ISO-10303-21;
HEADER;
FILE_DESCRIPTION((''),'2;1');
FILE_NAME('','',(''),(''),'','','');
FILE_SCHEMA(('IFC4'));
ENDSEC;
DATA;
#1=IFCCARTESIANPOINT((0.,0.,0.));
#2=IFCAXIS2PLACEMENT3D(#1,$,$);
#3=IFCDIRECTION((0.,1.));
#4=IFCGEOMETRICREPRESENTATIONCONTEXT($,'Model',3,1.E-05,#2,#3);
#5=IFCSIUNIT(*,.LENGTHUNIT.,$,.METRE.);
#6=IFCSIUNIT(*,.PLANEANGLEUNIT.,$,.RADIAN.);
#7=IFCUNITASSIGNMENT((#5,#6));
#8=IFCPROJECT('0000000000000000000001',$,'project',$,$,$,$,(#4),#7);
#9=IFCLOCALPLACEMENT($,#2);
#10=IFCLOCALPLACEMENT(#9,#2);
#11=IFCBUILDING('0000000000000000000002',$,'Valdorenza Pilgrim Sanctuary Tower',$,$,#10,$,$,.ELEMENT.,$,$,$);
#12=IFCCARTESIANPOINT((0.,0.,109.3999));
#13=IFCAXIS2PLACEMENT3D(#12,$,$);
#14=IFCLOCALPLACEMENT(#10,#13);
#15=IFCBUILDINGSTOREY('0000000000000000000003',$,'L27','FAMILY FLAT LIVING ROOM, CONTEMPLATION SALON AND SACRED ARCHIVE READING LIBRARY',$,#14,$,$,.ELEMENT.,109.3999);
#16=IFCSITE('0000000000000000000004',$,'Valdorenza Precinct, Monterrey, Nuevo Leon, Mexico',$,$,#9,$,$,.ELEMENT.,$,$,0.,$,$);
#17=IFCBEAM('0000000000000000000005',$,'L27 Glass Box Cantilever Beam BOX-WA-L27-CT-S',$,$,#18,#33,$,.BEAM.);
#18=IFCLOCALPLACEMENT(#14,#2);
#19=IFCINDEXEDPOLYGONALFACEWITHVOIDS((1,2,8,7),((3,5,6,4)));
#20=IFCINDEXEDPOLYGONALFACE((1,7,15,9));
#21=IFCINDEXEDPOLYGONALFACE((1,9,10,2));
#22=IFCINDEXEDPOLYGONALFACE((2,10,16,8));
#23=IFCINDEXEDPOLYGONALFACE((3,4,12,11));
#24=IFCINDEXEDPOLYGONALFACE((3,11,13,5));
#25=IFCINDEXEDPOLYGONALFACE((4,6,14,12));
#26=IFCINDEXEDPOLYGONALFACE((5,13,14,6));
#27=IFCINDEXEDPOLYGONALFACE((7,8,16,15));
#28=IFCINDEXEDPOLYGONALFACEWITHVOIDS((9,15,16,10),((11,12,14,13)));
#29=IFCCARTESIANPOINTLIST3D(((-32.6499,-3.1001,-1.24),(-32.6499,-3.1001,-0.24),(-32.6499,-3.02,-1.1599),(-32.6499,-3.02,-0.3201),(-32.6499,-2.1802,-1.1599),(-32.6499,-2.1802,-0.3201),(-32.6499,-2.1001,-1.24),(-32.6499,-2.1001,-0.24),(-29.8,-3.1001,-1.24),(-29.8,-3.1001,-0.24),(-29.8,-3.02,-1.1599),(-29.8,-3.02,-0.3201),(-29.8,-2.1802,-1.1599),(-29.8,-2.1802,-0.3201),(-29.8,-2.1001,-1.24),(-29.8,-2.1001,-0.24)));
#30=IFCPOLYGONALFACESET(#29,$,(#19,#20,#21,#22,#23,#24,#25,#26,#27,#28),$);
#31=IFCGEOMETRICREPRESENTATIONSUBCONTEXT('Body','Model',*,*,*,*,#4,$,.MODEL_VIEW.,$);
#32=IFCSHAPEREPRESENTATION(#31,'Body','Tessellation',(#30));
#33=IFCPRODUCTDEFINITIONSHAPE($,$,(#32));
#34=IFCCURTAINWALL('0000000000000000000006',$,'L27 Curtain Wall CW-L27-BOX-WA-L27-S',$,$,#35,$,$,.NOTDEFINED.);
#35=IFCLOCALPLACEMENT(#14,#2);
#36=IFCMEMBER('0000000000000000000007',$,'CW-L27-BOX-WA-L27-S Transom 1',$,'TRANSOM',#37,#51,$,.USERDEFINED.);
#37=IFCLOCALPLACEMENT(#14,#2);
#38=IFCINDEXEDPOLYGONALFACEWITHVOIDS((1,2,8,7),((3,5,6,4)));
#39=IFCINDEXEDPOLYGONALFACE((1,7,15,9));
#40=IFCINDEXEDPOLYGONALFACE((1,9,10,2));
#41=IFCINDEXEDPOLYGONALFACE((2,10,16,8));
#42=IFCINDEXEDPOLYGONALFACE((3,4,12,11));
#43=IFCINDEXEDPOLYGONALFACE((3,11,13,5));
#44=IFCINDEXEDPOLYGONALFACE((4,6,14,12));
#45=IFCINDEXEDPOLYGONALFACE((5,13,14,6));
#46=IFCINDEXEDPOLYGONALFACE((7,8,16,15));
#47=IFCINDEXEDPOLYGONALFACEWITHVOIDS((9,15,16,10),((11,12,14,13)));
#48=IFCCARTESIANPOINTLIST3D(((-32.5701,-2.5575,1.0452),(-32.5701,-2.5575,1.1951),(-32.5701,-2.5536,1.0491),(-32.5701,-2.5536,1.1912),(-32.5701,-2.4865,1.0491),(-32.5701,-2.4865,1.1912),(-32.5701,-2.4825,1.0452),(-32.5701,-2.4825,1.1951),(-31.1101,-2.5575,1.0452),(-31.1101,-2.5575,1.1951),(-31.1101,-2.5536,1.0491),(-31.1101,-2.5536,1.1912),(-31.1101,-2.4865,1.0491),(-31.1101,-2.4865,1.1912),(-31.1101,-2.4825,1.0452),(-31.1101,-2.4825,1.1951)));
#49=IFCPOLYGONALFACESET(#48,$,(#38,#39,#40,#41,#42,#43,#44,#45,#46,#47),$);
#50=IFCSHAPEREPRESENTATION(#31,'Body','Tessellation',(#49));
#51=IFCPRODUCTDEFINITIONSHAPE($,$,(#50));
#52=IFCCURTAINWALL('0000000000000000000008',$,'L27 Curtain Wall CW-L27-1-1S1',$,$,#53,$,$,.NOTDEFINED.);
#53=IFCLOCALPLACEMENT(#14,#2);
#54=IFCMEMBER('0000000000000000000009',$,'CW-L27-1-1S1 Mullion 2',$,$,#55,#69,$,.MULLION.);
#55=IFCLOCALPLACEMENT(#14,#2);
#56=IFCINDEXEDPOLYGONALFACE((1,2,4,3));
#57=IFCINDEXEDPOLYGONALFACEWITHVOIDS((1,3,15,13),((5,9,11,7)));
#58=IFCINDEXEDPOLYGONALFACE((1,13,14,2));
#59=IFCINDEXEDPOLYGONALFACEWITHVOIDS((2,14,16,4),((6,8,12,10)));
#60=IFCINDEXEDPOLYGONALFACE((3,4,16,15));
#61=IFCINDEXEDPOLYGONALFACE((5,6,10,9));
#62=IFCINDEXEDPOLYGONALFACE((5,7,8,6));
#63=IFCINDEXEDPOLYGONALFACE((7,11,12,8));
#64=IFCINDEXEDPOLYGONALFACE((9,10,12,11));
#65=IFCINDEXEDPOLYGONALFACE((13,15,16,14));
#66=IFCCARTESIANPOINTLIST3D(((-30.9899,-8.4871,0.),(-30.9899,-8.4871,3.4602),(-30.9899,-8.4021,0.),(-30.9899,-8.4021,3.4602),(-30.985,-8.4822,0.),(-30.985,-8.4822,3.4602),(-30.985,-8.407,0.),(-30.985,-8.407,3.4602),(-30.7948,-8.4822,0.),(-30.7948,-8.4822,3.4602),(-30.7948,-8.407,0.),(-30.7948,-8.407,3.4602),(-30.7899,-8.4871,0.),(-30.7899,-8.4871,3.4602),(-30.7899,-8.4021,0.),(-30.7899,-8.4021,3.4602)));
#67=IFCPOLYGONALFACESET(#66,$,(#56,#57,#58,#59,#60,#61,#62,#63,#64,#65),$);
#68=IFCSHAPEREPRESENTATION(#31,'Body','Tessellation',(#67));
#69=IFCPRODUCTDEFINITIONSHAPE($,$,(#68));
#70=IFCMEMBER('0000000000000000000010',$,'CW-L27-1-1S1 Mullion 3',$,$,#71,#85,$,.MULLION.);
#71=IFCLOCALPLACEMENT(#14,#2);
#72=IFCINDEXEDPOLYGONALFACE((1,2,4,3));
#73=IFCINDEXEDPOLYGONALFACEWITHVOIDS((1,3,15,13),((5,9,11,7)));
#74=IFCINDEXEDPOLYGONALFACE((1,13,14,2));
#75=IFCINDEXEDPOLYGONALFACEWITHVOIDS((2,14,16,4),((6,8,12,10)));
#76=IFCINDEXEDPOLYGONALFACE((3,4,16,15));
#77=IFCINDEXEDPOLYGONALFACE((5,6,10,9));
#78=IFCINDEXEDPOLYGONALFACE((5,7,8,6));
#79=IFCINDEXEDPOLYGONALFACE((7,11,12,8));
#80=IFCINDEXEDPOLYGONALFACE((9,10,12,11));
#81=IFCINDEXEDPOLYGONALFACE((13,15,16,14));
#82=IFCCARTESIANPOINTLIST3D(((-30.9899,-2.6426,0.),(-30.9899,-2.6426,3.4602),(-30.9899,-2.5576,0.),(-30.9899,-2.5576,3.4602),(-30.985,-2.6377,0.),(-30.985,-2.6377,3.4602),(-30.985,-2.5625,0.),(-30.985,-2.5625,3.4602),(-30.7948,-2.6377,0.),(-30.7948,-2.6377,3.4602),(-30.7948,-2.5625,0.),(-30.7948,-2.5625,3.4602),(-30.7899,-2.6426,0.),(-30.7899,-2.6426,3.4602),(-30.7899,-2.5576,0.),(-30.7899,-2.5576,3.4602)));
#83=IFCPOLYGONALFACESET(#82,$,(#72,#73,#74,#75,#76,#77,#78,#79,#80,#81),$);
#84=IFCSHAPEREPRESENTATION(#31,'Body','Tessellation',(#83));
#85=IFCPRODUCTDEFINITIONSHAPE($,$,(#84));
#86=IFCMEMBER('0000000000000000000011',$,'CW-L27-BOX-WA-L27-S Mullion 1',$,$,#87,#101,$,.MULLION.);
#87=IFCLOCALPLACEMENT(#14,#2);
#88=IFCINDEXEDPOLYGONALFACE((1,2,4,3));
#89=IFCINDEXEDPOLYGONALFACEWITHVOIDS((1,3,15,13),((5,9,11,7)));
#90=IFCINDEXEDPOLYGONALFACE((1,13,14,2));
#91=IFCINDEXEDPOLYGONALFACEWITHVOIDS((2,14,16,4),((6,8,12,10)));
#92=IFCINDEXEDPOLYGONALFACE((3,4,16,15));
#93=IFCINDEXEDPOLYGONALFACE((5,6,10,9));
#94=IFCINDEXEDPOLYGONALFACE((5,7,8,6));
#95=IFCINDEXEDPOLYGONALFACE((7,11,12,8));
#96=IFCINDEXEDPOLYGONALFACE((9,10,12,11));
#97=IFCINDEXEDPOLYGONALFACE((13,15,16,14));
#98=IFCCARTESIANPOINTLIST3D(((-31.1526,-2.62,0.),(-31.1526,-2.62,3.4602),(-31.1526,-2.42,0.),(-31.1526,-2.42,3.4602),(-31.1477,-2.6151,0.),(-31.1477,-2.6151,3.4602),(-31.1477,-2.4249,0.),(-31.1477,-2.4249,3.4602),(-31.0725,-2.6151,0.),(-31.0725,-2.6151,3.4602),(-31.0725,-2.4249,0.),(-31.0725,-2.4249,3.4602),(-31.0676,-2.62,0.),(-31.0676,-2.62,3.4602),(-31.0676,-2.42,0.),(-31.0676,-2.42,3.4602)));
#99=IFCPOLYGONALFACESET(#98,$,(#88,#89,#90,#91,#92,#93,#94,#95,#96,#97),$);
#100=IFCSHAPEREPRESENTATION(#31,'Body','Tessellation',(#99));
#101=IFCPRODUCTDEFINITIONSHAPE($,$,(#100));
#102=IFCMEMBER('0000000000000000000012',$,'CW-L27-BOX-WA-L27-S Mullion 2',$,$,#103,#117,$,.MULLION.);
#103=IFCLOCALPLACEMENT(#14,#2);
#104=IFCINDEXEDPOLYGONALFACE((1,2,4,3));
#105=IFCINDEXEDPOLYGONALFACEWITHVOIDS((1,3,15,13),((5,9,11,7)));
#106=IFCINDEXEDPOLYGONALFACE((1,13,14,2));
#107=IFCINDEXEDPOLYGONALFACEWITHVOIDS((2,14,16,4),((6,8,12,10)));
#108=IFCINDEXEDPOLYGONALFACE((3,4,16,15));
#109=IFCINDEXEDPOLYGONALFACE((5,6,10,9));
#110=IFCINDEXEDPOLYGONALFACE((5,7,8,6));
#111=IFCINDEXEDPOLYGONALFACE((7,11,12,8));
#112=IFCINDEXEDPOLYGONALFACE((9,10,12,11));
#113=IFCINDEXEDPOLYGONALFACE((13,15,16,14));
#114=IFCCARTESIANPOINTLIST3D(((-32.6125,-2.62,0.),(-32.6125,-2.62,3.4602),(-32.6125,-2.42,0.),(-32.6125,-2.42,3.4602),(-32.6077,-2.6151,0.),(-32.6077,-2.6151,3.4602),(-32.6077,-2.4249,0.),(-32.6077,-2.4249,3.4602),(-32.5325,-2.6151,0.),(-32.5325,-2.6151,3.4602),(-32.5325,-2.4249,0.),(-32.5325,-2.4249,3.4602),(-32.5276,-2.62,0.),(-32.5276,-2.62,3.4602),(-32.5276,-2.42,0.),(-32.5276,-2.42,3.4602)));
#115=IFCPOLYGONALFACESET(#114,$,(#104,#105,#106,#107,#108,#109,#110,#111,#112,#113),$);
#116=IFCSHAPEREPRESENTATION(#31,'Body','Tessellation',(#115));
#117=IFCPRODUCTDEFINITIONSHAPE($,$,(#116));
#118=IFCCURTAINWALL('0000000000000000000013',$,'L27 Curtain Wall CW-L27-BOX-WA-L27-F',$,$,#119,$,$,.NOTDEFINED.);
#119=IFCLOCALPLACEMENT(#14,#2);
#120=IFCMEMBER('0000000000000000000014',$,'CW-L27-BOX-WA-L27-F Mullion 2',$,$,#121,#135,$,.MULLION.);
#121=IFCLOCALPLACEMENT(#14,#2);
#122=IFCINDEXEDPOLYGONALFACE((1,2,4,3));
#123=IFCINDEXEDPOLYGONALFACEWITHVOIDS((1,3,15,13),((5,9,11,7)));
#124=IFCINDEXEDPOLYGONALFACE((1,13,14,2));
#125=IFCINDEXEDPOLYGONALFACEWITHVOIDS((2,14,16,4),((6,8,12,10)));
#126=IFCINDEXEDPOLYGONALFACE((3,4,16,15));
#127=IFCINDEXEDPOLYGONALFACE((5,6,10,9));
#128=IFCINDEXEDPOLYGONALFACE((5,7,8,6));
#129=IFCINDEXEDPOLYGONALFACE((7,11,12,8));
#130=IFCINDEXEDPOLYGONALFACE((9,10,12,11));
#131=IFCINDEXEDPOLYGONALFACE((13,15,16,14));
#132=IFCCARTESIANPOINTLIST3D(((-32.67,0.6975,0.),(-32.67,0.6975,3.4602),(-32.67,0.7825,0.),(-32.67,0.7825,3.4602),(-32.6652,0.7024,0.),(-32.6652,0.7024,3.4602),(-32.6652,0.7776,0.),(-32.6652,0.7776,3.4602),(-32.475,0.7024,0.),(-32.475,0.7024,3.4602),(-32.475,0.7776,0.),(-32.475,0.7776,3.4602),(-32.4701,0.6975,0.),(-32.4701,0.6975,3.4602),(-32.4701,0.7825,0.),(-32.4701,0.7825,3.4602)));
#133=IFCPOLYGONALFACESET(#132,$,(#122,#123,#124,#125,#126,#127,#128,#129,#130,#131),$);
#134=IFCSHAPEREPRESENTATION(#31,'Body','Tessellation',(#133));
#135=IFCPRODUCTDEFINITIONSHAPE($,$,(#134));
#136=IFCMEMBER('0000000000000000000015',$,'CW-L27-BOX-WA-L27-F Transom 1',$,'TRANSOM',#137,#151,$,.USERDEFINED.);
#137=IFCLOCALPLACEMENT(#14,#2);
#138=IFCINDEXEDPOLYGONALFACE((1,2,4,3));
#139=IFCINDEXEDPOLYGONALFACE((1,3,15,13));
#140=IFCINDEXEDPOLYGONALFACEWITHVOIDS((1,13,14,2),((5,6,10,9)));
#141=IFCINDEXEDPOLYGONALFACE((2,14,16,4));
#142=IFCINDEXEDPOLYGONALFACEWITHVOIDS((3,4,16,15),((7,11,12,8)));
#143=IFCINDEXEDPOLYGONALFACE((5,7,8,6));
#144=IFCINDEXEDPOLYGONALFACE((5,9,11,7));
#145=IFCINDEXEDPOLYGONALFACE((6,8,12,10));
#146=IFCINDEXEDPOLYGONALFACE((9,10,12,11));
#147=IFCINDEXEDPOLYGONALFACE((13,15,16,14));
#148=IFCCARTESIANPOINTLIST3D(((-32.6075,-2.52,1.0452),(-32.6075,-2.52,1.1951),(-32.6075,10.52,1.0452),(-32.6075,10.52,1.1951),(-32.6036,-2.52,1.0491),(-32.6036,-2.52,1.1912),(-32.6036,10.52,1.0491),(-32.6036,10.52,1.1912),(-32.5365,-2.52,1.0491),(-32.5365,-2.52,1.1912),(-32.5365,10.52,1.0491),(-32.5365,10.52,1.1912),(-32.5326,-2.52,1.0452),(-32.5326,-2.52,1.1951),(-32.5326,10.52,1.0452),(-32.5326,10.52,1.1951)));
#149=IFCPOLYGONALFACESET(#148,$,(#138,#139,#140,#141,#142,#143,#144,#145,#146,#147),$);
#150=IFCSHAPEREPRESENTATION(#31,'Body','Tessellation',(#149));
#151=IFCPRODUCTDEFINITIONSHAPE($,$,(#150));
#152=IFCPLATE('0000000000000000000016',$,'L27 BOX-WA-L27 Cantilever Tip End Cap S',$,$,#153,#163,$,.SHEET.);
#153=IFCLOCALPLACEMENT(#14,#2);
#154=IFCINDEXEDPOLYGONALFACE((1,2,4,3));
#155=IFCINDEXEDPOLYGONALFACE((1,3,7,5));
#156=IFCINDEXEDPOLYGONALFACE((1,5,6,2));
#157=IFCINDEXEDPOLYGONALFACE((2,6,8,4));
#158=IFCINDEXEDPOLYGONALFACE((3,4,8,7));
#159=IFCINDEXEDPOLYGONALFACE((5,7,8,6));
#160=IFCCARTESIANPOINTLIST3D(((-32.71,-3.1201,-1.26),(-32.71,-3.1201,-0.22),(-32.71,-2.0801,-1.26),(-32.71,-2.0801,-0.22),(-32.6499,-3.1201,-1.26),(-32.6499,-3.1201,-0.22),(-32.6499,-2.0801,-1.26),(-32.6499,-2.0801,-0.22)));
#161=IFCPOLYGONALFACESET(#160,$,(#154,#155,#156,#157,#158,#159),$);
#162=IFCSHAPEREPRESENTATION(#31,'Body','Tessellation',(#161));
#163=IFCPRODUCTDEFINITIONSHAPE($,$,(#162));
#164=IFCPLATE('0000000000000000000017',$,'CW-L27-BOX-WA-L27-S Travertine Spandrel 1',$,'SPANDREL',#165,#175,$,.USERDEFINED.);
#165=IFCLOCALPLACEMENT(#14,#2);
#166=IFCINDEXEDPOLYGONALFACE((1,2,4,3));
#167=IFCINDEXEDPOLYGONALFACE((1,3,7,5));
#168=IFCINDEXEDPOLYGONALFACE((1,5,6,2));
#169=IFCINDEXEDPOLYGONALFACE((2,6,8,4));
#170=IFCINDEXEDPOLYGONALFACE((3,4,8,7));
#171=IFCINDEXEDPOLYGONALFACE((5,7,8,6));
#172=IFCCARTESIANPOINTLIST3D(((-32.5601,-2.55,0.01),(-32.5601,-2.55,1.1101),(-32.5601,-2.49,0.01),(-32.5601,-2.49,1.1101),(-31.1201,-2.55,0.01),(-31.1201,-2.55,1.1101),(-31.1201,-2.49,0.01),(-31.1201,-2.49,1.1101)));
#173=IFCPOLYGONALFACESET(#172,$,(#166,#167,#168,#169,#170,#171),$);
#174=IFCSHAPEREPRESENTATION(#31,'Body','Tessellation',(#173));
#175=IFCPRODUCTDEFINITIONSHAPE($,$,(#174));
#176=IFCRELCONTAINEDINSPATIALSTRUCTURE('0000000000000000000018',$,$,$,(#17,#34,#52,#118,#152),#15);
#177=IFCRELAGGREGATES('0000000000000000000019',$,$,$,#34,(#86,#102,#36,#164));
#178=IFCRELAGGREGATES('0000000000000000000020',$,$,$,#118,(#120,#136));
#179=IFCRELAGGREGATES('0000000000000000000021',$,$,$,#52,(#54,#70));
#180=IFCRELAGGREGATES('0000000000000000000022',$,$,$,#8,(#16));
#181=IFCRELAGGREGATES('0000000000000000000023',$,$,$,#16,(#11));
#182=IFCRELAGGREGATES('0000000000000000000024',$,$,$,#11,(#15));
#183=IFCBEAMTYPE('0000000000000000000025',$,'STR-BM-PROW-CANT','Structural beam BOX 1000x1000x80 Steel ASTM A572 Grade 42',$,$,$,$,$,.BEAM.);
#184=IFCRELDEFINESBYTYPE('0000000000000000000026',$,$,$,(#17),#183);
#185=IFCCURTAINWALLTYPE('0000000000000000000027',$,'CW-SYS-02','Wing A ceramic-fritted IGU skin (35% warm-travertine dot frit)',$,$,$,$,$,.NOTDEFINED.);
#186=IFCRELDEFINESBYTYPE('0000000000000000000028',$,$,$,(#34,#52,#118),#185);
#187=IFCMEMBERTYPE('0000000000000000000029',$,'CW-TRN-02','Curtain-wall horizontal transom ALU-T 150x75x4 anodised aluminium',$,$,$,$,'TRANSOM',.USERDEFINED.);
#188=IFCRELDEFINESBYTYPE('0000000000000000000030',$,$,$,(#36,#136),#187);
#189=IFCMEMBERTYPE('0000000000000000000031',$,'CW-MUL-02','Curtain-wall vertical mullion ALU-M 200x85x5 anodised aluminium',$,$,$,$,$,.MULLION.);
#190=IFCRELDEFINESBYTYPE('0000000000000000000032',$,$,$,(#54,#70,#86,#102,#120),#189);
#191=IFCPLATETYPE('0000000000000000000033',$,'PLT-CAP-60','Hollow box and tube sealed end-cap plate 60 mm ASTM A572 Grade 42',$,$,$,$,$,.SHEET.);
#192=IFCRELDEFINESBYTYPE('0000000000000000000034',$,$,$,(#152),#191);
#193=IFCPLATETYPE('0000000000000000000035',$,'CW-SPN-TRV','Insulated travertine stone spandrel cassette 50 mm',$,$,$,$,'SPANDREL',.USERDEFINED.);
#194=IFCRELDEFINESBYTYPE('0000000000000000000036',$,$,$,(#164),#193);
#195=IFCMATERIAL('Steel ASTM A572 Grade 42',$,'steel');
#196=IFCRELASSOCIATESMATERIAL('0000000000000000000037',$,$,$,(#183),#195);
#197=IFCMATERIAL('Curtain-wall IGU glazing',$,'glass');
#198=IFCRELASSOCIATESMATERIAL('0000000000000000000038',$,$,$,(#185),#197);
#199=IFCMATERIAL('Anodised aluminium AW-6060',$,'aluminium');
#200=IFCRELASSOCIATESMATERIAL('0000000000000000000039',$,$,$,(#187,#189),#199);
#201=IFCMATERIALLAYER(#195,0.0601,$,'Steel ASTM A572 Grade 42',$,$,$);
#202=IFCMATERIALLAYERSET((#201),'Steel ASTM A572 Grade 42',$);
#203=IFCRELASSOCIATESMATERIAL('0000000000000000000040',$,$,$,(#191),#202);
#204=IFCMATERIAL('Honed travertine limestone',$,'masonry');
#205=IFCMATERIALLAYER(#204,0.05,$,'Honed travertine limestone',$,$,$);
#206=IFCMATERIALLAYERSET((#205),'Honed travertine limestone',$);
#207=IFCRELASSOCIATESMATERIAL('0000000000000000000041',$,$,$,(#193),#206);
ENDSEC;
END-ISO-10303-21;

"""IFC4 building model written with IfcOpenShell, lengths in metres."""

from ifc_helpers import new_model, si_unit, direction, frame, origin, origin_2d, place, context, subcontext, project, spatial, rectangle, hollow_rectangle, extrude, source, transform, mapped, material, layer, layer_set, material_profile, profile_set, type_object, element, aggregate, save


model = new_model("IFC4")

# Units and contexts
model_context = context("Model", 3, precision=1e-05, world=origin(), true_north=direction((0.0, 1.0)))
body_context = subcontext(model_context, "Body", "Model", "MODEL_VIEW")
ifc_project = project(units=[si_unit("LENGTHUNIT", "METRE"), si_unit("PLANEANGLEUNIT", "RADIAN")], contexts=[model_context])

# Site, building, storey
site_placement = place(None, origin())
site = spatial("IfcSite", under=ifc_project, at=site_placement, Name="Valdorenza Precinct, Monterrey, Nuevo Leon, Mexico", CompositionType="ELEMENT", RefElevation=0.0)
building_placement = place(site_placement, origin())
building = spatial("IfcBuilding", under=site, at=building_placement, Name="Valdorenza Pilgrim Sanctuary Tower", CompositionType="ELEMENT")
storey_placement = place(building_placement, frame((0.0, 0.0, 109.3999)))
storey = spatial("IfcBuildingStorey", under=building, at=storey_placement, Name="L27", Description="FAMILY FLAT LIVING ROOM, CONTEMPLATION SALON AND SACRED ARCHIVE READING LIBRARY", CompositionType="ELEMENT", Elevation=109.3999)

# Beam
ifc_material_1 = material(Name="Steel ASTM A572 Grade 42", Category="steel")
ifc_material_profile_1 = material_profile(ifc_material_1, hollow_rectangle(XDim=1.0, YDim=1.0, WallThickness=0.0801, at=origin_2d()), Name="BOX 1000x1000x80")
ifc_profile_set_1 = profile_set([ifc_material_profile_1], Name="Steel ASTM A572 Grade 42")
beam_type_1 = type_object("IfcBeamType", Name="STR-BM-PROW-CANT", Description="Structural beam BOX 1000x1000x80 Steel ASTM A572 Grade 42", PredefinedType="BEAM", material=ifc_profile_set_1)
shared_shape_1 = source(origin(), body_context, "Body", "SweptSolid", [
    extrude(hollow_rectangle(XDim=1.0, YDim=1.0, WallThickness=0.0801, at=origin_2d()), origin(), (0.0, 0.0, 1.0), 2.8499),
])
beam_1_placement = place(storey_placement, frame((-29.8, -2.6001, -0.74), z_axis=(-1.0, 0.0, 0.0), x_axis=(0.0, -1.0, 0.0)))
element("IfcBeam", 1, at=beam_1_placement, inside=storey, type_object=beam_type_1, Name="L27 Glass Box Cantilever Beam BOX-WA-L27-CT-S", PredefinedType="BEAM", context=body_context, shape_type="MappedRepresentation", body=[
    mapped(shared_shape_1, transform((0.0, 0.0, 0.0), x_axis=(1.0, 0.0, 0.0), y_axis=(0.0, 1.0, 0.0), z_axis=(0.0, 0.0, 1.0), scale=1.0)),
])

# Curtain wall, member
ifc_material_2 = material(Name="Curtain-wall IGU glazing", Category="glass")
curtain_wall_type = type_object("IfcCurtainWallType", Name="CW-SYS-02", Description="Wing A ceramic-fritted IGU skin (35% warm-travertine dot frit)", PredefinedType="NOTDEFINED", material=ifc_material_2)
curtain_wall_1_placement = place(storey_placement, origin())
curtain_wall_1 = element("IfcCurtainWall", 2, at=curtain_wall_1_placement, inside=storey, type_object=curtain_wall_type, Name="L27 Curtain Wall CW-L27-BOX-WA-L27-S", PredefinedType="NOTDEFINED")
ifc_material_3 = material(Name="Anodised aluminium AW-6060", Category="aluminium")
ifc_material_profile_2 = material_profile(ifc_material_3, hollow_rectangle(XDim=0.075, YDim=0.1499, WallThickness=0.0039, at=origin_2d()), Name="ALU-T 150x75x4")
ifc_profile_set_2 = profile_set([ifc_material_profile_2], Name="Anodised aluminium AW-6060")
member_type_1 = type_object("IfcMemberType", Name="CW-TRN-02", Description="Curtain-wall horizontal transom ALU-T 150x75x4 anodised aluminium", ElementType="TRANSOM", PredefinedType="USERDEFINED", material=ifc_profile_set_2)
shared_shape_2 = source(origin(), body_context, "Body", "SweptSolid", [
    extrude(hollow_rectangle(XDim=0.075, YDim=0.1499, WallThickness=0.0039, at=origin_2d()), origin(), (0.0, 0.0, 1.0), 1.46),
])
member_1_placement = place(storey_placement, frame((-31.1101, -2.52, 1.1201), z_axis=(-1.0, 0.0, 0.0), x_axis=(0.0, -1.0, 0.0)))
member_1 = element("IfcMember", 3, at=member_1_placement, type_object=member_type_1, Name="CW-L27-BOX-WA-L27-S Transom 1", ObjectType="TRANSOM", PredefinedType="USERDEFINED", context=body_context, shape_type="MappedRepresentation", body=[
    mapped(shared_shape_2, transform((0.0, 0.0, 0.0), x_axis=(1.0, 0.0, 0.0), y_axis=(0.0, 1.0, 0.0), z_axis=(0.0, 0.0, 1.0), scale=1.0)),
])

# Curtain wall, members
curtain_wall_2_placement = place(storey_placement, origin())
curtain_wall_2 = element("IfcCurtainWall", 4, at=curtain_wall_2_placement, inside=storey, type_object=curtain_wall_type, Name="L27 Curtain Wall CW-L27-1-1S1", PredefinedType="NOTDEFINED")
ifc_material_profile_3 = material_profile(ifc_material_3, hollow_rectangle(XDim=0.085, YDim=0.2, WallThickness=0.0049, at=origin_2d()), Name="ALU-M 200x85x5")
ifc_profile_set_3 = profile_set([ifc_material_profile_3], Name="Anodised aluminium AW-6060")
member_type_2 = type_object("IfcMemberType", Name="CW-MUL-02", Description="Curtain-wall vertical mullion ALU-M 200x85x5 anodised aluminium", PredefinedType="MULLION", material=ifc_profile_set_3)
shared_shape_3 = source(origin(), body_context, "Body", "SweptSolid", [
    extrude(hollow_rectangle(XDim=0.085, YDim=0.2, WallThickness=0.0049, at=origin_2d()), origin(), (0.0, 0.0, 1.0), 3.4602),
])
member_2_placement = place(storey_placement, frame((-30.8899, -8.4446, 0.0), z_axis=(0.0, 0.0, 1.0), x_axis=(0.0, 1.0, 0.0)))
member_2 = element("IfcMember", 5, at=member_2_placement, type_object=member_type_2, Name="CW-L27-1-1S1 Mullion 2", PredefinedType="MULLION", context=body_context, shape_type="MappedRepresentation", body=[
    mapped(shared_shape_3, transform((0.0, 0.0, 0.0), x_axis=(1.0, 0.0, 0.0), y_axis=(0.0, 1.0, 0.0), z_axis=(0.0, 0.0, 1.0), scale=1.0)),
])
member_3_placement = place(storey_placement, frame((-30.8899, -2.6001, 0.0), z_axis=(0.0, 0.0, 1.0), x_axis=(0.0, 1.0, 0.0)))
member_3 = element("IfcMember", 6, at=member_3_placement, type_object=member_type_2, Name="CW-L27-1-1S1 Mullion 3", PredefinedType="MULLION", context=body_context, shape_type="MappedRepresentation", body=[
    mapped(shared_shape_3, transform((0.0, 0.0, 0.0), x_axis=(1.0, 0.0, 0.0), y_axis=(0.0, 1.0, 0.0), z_axis=(0.0, 0.0, 1.0), scale=1.0)),
])

# Members
member_4_placement = place(storey_placement, frame((-31.1101, -2.52, 0.0), z_axis=(0.0, 0.0, 1.0), x_axis=(-1.0, 0.0, 0.0)))
member_4 = element("IfcMember", 7, at=member_4_placement, type_object=member_type_2, Name="CW-L27-BOX-WA-L27-S Mullion 1", PredefinedType="MULLION", context=body_context, shape_type="MappedRepresentation", body=[
    mapped(shared_shape_3, transform((0.0, 0.0, 0.0), x_axis=(1.0, 0.0, 0.0), y_axis=(0.0, 1.0, 0.0), z_axis=(0.0, 0.0, 1.0), scale=1.0)),
])
member_5_placement = place(storey_placement, frame((-32.5701, -2.52, 0.0), z_axis=(0.0, 0.0, 1.0), x_axis=(-1.0, 0.0, 0.0)))
member_5 = element("IfcMember", 8, at=member_5_placement, type_object=member_type_2, Name="CW-L27-BOX-WA-L27-S Mullion 2", PredefinedType="MULLION", context=body_context, shape_type="MappedRepresentation", body=[
    mapped(shared_shape_3, transform((0.0, 0.0, 0.0), x_axis=(1.0, 0.0, 0.0), y_axis=(0.0, 1.0, 0.0), z_axis=(0.0, 0.0, 1.0), scale=1.0)),
])

# Curtain wall, members
curtain_wall_3_placement = place(storey_placement, origin())
curtain_wall_3 = element("IfcCurtainWall", 9, at=curtain_wall_3_placement, inside=storey, type_object=curtain_wall_type, Name="L27 Curtain Wall CW-L27-BOX-WA-L27-F", PredefinedType="NOTDEFINED")
member_6_placement = place(storey_placement, frame((-32.5701, 0.74, 0.0), z_axis=(0.0, 0.0, 1.0), x_axis=(0.0, 1.0, 0.0)))
member_6 = element("IfcMember", 10, at=member_6_placement, type_object=member_type_2, Name="CW-L27-BOX-WA-L27-F Mullion 2", PredefinedType="MULLION", context=body_context, shape_type="MappedRepresentation", body=[
    mapped(shared_shape_3, transform((0.0, 0.0, 0.0), x_axis=(1.0, 0.0, 0.0), y_axis=(0.0, 1.0, 0.0), z_axis=(0.0, 0.0, 1.0), scale=1.0)),
])
shared_shape_4 = source(origin(), body_context, "Body", "SweptSolid", [
    extrude(hollow_rectangle(XDim=0.075, YDim=0.1499, WallThickness=0.0039, at=origin_2d()), origin(), (0.0, 0.0, 1.0), 13.04),
])
member_7_placement = place(storey_placement, frame((-32.5701, -2.52, 1.1201), z_axis=(0.0, 1.0, 0.0), x_axis=(-1.0, 0.0, 0.0)))
member_7 = element("IfcMember", 11, at=member_7_placement, type_object=member_type_1, Name="CW-L27-BOX-WA-L27-F Transom 1", ObjectType="TRANSOM", PredefinedType="USERDEFINED", context=body_context, shape_type="MappedRepresentation", body=[
    mapped(shared_shape_4, transform((0.0, 0.0, 0.0), x_axis=(1.0, 0.0, 0.0), y_axis=(0.0, 1.0, 0.0), z_axis=(0.0, 0.0, 1.0), scale=1.0)),
])

# Plates
ifc_layer_1 = layer(ifc_material_1, 0.0601, Name="Steel ASTM A572 Grade 42")
ifc_layer_set_1 = layer_set([ifc_layer_1], Name="Steel ASTM A572 Grade 42")
plate_type_1 = type_object("IfcPlateType", Name="PLT-CAP-60", Description="Hollow box and tube sealed end-cap plate 60 mm ASTM A572 Grade 42", PredefinedType="SHEET", material=ifc_layer_set_1)
shared_shape_5 = source(origin(), body_context, "Body", "SweptSolid", [
    extrude(rectangle(XDim=0.0601, YDim=1.04, at=origin_2d()), origin(), (0.0, 0.0, 1.0), 1.04),
])
plate_1_placement = place(storey_placement, frame((-32.6799, -2.6001, -1.26), z_axis=(0.0, 0.0, 1.0), x_axis=(1.0, 0.0, 0.0)))
element("IfcPlate", 12, at=plate_1_placement, inside=storey, type_object=plate_type_1, Name="L27 BOX-WA-L27 Cantilever Tip End Cap S", PredefinedType="SHEET", context=body_context, shape_type="MappedRepresentation", body=[
    mapped(shared_shape_5, transform((0.0, 0.0, 0.0), x_axis=(1.0, 0.0, 0.0), y_axis=(0.0, 1.0, 0.0), z_axis=(0.0, 0.0, 1.0), scale=1.0)),
])
ifc_material_4 = material(Name="Honed travertine limestone", Category="masonry")
ifc_layer_2 = layer(ifc_material_4, 0.05, Name="Honed travertine limestone")
ifc_layer_set_2 = layer_set([ifc_layer_2], Name="Honed travertine limestone")
plate_type_2 = type_object("IfcPlateType", Name="CW-SPN-TRV", Description="Insulated travertine stone spandrel cassette 50 mm", ElementType="SPANDREL", PredefinedType="USERDEFINED", material=ifc_layer_set_2)
shared_shape_6 = source(origin(), body_context, "Body", "SweptSolid", [
    extrude(rectangle(XDim=1.4399, YDim=0.0601, at=origin_2d()), origin(), (0.0, 0.0, 1.0), 1.1001),
])
plate_2_placement = place(storey_placement, frame((-31.8401, -2.52, 0.01), z_axis=(0.0, 0.0, 1.0), x_axis=(-1.0, 0.0, 0.0)))
plate_2 = element("IfcPlate", 13, at=plate_2_placement, type_object=plate_type_2, Name="CW-L27-BOX-WA-L27-S Travertine Spandrel 1", ObjectType="SPANDREL", PredefinedType="USERDEFINED", context=body_context, shape_type="MappedRepresentation", body=[
    mapped(shared_shape_6, transform((0.0, 0.0, 0.0), x_axis=(1.0, 0.0, 0.0), y_axis=(0.0, 1.0, 0.0), z_axis=(0.0, 0.0, 1.0), scale=1.0)),
])
aggregate(curtain_wall_1, [member_4, member_5, member_1, plate_2])
aggregate(curtain_wall_3, [member_6, member_7])
aggregate(curtain_wall_2, [member_2, member_3])

save(model, "model.ifc")
